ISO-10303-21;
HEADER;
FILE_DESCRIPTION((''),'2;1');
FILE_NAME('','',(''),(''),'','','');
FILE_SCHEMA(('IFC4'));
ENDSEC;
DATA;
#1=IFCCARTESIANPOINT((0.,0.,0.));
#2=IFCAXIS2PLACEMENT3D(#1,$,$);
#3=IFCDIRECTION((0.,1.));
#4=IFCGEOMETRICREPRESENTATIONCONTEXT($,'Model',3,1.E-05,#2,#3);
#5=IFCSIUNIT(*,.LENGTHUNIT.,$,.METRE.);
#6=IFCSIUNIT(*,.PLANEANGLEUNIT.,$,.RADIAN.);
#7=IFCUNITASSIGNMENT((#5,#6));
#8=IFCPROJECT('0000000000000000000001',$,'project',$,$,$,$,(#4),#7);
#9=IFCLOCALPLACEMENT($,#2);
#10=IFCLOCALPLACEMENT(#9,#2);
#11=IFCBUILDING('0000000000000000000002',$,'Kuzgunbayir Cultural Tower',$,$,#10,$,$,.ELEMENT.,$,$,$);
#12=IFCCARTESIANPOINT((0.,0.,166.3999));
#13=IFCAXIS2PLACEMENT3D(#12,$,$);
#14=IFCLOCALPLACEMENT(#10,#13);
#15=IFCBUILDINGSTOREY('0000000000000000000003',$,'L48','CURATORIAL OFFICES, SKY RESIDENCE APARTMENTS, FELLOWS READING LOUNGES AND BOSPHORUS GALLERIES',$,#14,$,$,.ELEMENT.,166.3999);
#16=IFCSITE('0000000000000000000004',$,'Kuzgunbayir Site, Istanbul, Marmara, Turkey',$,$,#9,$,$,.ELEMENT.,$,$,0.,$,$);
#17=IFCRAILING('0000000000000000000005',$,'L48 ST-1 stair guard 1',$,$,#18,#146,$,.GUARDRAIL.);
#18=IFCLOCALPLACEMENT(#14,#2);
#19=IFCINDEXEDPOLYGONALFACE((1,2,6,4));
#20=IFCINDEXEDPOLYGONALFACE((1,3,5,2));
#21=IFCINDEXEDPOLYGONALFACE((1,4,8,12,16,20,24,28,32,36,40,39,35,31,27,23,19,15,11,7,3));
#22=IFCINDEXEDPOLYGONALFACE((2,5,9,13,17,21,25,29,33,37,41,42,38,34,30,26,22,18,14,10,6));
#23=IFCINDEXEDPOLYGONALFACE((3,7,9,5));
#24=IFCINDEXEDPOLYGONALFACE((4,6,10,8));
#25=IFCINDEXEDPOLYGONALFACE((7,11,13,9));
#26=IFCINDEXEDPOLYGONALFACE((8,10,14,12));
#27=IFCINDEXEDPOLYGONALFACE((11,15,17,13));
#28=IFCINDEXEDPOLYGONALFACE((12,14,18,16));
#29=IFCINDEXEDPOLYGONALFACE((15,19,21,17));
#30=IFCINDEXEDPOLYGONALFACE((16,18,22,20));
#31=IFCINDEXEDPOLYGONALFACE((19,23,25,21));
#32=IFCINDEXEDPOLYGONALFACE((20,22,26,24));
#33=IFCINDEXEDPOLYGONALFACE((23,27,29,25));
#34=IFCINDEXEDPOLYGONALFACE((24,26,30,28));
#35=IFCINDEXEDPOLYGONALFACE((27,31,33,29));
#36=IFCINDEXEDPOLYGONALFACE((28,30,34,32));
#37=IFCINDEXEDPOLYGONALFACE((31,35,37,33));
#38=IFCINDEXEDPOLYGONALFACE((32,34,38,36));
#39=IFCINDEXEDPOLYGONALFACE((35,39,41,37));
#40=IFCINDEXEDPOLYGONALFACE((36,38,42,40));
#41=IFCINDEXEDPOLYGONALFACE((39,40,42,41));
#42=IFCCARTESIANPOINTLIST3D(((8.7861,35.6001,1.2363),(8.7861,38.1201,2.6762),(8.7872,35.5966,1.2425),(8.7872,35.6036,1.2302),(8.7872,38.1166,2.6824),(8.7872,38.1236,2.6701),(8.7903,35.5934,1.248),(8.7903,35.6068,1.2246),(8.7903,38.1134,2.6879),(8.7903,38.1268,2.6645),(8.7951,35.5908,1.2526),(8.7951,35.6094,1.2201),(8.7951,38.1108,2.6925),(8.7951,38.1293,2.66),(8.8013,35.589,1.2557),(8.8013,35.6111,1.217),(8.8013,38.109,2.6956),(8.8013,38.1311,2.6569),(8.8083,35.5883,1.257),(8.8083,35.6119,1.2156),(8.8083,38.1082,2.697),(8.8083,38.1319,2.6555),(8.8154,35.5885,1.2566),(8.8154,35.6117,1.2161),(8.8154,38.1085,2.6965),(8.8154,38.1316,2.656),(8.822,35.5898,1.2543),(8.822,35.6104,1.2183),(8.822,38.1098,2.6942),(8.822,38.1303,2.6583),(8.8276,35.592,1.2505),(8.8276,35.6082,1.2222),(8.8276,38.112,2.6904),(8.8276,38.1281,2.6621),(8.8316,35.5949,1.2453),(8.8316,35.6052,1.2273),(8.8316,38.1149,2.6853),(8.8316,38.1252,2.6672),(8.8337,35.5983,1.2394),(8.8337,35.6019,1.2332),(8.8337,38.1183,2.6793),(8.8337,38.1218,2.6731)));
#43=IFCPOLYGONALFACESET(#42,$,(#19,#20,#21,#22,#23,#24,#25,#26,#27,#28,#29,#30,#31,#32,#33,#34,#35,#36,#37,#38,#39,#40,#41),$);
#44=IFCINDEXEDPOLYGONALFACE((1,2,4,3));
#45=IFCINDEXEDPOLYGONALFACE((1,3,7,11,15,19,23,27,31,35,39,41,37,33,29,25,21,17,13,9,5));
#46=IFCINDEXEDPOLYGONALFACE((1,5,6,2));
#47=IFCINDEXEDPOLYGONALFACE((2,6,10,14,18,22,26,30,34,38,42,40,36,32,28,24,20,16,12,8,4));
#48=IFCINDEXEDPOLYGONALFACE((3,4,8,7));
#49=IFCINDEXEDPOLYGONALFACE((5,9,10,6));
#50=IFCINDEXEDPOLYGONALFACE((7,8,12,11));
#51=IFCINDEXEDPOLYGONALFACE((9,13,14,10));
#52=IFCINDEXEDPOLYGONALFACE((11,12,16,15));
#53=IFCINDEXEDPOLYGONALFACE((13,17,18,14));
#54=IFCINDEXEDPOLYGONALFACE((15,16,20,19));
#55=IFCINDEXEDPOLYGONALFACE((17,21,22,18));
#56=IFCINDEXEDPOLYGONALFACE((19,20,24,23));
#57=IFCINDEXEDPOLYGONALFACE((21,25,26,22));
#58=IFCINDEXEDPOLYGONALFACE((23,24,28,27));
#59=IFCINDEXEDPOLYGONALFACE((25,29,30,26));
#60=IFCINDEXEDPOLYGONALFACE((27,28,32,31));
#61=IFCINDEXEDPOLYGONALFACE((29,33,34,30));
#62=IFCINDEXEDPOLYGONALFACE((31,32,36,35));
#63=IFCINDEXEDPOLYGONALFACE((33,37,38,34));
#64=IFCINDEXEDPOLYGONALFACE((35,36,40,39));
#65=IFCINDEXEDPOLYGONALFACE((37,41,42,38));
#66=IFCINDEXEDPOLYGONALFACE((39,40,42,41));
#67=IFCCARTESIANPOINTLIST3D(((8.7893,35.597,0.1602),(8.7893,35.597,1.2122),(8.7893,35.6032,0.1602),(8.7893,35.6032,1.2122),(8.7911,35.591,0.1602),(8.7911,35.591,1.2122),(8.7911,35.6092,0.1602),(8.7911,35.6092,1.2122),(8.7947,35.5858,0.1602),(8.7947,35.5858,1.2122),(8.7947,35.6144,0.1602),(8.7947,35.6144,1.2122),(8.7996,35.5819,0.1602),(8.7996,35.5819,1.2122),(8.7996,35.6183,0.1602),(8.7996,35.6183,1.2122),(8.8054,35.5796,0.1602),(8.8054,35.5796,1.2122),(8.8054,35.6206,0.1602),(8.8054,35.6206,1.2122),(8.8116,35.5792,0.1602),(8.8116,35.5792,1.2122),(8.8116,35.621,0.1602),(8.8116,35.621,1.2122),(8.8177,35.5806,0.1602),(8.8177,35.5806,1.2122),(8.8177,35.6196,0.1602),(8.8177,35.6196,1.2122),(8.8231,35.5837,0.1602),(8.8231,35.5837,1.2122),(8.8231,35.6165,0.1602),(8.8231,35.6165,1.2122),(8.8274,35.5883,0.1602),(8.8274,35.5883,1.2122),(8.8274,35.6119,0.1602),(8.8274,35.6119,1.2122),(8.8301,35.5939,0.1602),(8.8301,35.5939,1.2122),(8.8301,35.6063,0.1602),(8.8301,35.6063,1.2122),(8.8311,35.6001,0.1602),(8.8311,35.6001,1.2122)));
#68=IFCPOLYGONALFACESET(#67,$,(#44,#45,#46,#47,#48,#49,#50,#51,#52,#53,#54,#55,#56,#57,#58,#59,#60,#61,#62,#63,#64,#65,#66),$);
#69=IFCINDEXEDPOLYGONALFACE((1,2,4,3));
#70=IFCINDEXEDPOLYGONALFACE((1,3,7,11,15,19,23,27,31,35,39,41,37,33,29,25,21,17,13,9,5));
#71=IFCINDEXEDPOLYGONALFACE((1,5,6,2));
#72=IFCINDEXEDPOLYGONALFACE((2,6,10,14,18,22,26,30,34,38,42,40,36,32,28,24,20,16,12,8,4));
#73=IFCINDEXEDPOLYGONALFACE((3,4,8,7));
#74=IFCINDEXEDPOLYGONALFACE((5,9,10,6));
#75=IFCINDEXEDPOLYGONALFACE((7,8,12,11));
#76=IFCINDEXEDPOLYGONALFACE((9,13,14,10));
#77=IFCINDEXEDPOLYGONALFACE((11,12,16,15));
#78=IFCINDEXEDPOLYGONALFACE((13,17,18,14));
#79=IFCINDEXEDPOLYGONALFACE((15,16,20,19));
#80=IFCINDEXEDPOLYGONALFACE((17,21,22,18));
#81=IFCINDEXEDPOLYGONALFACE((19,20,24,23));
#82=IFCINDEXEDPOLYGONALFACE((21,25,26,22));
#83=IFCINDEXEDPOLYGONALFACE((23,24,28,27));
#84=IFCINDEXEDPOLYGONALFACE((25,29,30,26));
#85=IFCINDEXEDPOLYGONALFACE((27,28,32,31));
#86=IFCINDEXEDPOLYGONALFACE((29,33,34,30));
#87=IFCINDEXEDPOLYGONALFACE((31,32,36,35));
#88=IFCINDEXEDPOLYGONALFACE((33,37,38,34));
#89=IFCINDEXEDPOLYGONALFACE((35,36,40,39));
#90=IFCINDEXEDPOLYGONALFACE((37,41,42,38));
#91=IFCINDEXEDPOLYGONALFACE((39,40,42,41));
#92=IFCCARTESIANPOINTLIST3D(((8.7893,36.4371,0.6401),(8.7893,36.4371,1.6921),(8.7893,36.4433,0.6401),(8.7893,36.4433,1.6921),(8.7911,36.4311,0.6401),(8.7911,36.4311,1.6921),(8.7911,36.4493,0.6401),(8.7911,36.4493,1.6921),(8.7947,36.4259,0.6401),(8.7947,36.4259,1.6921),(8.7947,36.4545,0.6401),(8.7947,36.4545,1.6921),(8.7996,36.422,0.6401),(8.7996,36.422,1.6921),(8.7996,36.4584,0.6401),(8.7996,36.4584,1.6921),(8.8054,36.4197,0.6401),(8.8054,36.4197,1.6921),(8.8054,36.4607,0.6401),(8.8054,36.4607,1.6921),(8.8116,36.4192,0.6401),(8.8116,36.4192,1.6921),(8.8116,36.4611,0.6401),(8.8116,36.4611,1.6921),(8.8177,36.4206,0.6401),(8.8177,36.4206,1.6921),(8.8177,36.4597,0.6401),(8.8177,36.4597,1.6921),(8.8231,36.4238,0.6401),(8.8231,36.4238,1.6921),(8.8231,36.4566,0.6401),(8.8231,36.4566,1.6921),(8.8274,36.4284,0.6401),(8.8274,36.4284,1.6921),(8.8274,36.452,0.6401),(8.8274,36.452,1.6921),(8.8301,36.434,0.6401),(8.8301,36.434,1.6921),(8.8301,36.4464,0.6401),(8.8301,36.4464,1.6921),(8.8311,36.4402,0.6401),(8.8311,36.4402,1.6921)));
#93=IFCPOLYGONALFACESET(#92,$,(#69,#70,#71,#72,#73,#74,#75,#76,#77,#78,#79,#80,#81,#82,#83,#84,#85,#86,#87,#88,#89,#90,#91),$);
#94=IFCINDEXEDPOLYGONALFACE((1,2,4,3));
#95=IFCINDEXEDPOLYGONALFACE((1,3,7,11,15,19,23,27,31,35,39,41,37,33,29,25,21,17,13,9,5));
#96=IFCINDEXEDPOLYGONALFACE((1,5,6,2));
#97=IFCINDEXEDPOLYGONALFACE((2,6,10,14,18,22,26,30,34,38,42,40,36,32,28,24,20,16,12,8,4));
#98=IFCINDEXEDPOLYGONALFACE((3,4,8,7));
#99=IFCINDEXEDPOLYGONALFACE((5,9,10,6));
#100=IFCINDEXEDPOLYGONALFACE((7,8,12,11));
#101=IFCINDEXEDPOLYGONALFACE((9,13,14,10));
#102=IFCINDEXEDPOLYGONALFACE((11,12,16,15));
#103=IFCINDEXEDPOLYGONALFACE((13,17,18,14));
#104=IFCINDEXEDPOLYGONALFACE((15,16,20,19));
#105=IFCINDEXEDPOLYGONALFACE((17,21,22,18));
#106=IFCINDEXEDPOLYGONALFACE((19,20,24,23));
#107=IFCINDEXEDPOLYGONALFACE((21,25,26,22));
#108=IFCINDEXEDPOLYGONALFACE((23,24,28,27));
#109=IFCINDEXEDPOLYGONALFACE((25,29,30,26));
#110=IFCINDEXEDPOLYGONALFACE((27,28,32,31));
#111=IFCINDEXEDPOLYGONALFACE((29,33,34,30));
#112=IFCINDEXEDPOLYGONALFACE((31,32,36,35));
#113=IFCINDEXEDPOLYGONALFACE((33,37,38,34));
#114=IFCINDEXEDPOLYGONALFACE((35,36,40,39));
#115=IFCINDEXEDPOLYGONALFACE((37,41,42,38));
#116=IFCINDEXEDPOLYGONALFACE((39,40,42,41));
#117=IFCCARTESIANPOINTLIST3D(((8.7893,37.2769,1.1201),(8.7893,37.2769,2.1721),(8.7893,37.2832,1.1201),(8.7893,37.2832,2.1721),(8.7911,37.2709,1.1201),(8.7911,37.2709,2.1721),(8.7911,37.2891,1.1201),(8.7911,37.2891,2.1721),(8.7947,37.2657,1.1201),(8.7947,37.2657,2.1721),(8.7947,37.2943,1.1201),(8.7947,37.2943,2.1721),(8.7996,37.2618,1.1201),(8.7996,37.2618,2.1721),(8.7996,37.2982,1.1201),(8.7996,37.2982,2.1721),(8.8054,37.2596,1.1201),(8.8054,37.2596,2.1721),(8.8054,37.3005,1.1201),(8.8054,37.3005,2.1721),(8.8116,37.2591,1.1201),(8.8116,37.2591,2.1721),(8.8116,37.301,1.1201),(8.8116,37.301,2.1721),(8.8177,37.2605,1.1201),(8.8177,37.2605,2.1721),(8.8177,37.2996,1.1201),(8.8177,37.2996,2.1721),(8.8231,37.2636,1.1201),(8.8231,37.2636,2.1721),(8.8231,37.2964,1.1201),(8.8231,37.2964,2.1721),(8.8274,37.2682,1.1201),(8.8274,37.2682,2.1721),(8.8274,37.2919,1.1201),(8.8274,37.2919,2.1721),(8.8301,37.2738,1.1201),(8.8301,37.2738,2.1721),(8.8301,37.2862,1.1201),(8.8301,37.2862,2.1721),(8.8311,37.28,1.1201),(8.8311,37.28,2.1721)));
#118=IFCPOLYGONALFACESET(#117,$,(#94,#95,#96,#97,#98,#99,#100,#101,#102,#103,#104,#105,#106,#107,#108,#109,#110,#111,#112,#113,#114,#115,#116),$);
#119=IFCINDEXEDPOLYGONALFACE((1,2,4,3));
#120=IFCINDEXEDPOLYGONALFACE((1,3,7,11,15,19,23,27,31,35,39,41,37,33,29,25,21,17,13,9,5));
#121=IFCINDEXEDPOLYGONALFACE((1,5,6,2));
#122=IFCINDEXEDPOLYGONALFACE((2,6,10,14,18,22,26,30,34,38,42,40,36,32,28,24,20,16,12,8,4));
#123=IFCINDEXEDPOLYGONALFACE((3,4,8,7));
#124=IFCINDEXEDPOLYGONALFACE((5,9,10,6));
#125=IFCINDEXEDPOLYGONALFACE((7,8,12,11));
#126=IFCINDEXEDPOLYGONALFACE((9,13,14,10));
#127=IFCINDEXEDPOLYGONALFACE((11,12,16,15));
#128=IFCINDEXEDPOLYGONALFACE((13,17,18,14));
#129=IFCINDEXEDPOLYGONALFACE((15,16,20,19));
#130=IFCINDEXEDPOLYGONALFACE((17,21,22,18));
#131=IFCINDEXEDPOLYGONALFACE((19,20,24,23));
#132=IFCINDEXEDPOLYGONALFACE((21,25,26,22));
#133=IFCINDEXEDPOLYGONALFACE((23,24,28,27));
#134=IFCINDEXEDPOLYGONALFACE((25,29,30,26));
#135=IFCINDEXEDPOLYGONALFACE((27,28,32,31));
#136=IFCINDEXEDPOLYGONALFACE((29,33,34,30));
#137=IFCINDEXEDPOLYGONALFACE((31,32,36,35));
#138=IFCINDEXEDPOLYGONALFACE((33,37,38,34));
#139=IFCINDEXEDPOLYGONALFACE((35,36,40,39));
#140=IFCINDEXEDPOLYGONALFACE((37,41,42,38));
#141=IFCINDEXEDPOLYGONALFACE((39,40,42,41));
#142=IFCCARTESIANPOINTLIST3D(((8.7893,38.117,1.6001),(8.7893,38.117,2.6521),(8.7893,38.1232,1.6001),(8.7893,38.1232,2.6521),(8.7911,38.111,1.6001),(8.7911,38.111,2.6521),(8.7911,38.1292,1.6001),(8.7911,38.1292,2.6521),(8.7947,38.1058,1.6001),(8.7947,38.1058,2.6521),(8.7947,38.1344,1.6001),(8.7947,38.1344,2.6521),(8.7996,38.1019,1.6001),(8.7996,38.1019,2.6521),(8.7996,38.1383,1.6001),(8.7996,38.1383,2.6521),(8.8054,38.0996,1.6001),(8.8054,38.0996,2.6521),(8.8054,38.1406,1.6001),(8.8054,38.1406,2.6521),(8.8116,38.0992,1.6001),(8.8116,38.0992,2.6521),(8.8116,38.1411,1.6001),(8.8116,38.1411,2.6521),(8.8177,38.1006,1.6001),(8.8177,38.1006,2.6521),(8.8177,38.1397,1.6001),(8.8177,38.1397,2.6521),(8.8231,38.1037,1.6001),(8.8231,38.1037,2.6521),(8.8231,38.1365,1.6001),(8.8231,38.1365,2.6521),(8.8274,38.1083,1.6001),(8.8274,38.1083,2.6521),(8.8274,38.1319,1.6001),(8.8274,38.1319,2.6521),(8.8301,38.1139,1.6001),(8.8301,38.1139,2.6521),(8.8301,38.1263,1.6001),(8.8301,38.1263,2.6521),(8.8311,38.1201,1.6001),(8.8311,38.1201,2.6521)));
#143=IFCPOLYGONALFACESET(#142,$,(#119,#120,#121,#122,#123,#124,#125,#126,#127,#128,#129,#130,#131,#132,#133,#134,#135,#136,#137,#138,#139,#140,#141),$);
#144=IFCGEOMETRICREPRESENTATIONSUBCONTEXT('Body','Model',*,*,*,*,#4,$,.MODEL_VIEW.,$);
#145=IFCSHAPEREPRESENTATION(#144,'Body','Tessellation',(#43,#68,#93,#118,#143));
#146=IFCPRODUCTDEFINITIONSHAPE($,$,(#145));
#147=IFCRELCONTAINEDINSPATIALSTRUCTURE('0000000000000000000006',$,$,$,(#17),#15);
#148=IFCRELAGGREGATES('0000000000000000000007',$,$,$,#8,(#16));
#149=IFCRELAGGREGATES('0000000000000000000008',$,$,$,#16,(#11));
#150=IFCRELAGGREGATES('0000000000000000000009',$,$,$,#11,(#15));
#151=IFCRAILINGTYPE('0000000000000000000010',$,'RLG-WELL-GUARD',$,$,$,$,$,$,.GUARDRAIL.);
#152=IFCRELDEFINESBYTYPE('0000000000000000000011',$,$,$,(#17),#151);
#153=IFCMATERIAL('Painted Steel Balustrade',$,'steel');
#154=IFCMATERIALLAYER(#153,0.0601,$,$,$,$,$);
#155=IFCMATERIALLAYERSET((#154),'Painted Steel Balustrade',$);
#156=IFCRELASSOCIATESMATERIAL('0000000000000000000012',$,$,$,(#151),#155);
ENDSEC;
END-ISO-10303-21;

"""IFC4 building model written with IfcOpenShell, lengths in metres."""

from ifc_helpers import new_model, si_unit, direction, frame, origin, origin_2d, place, context, subcontext, project, spatial, circle, extrude, material, layer, layer_set, type_object, element, save


model = new_model("IFC4")

# Units and contexts
model_context = context("Model", 3, precision=1e-05, world=origin(), true_north=direction((0.0, 1.0)))
body_context = subcontext(model_context, "Body", "Model", "MODEL_VIEW")
ifc_project = project(units=[si_unit("LENGTHUNIT", "METRE"), si_unit("PLANEANGLEUNIT", "RADIAN")], contexts=[model_context])

# Site, building, storey
site_placement = place(None, origin())
site = spatial("IfcSite", under=ifc_project, at=site_placement, Name="Kuzgunbayir Site, Istanbul, Marmara, Turkey", CompositionType="ELEMENT", RefElevation=0.0)
building_placement = place(site_placement, origin())
building = spatial("IfcBuilding", under=site, at=building_placement, Name="Kuzgunbayir Cultural Tower", CompositionType="ELEMENT")
storey_placement = place(building_placement, frame((0.0, 0.0, 166.3999)))
storey = spatial("IfcBuildingStorey", under=building, at=storey_placement, Name="L48", Description="CURATORIAL OFFICES, SKY RESIDENCE APARTMENTS, FELLOWS READING LOUNGES AND BOSPHORUS GALLERIES", CompositionType="ELEMENT", Elevation=166.3999)

# Railing
ifc_material_1 = material(Name="Painted Steel Balustrade", Category="steel")
ifc_layer_1 = layer(ifc_material_1, 0.0601)
ifc_layer_set_1 = layer_set([ifc_layer_1], Name="Painted Steel Balustrade")
railing_type_1 = type_object("IfcRailingType", Name="RLG-WELL-GUARD", PredefinedType="GUARDRAIL", material=ifc_layer_set_1)
railing_1_placement = place(storey_placement, frame((8.8101, 35.6001, 0.1602)))
element("IfcRailing", 1, at=railing_1_placement, inside=storey, type_object=railing_type_1, Name="L48 ST-1 stair guard 1", PredefinedType="GUARDRAIL", context=body_context, shape_type="SweptSolid", body=[
    extrude(circle(Radius=0.0239, at=origin_2d()), frame((0.0, 0.0, 1.0762), z_axis=(0.0, 0.868253, 0.496121), x_axis=(-1.0, 0.0, 0.0)), (0.0, 0.0, 1.0), 2.9023),
    extrude(circle(Radius=0.021, at=origin_2d()), origin(), (0.0, 0.0, 1.0), 1.052),
    extrude(circle(Radius=0.021, at=origin_2d()), frame((0.0, 0.8401, 0.48)), (0.0, 0.0, 1.0), 1.052),
    extrude(circle(Radius=0.021, at=origin_2d()), frame((0.0, 1.6799, 0.96)), (0.0, 0.0, 1.0), 1.052),
    extrude(circle(Radius=0.021, at=origin_2d()), frame((0.0, 2.52, 1.4399)), (0.0, 0.0, 1.0), 1.052),
])

save(model, "model.ifc")
